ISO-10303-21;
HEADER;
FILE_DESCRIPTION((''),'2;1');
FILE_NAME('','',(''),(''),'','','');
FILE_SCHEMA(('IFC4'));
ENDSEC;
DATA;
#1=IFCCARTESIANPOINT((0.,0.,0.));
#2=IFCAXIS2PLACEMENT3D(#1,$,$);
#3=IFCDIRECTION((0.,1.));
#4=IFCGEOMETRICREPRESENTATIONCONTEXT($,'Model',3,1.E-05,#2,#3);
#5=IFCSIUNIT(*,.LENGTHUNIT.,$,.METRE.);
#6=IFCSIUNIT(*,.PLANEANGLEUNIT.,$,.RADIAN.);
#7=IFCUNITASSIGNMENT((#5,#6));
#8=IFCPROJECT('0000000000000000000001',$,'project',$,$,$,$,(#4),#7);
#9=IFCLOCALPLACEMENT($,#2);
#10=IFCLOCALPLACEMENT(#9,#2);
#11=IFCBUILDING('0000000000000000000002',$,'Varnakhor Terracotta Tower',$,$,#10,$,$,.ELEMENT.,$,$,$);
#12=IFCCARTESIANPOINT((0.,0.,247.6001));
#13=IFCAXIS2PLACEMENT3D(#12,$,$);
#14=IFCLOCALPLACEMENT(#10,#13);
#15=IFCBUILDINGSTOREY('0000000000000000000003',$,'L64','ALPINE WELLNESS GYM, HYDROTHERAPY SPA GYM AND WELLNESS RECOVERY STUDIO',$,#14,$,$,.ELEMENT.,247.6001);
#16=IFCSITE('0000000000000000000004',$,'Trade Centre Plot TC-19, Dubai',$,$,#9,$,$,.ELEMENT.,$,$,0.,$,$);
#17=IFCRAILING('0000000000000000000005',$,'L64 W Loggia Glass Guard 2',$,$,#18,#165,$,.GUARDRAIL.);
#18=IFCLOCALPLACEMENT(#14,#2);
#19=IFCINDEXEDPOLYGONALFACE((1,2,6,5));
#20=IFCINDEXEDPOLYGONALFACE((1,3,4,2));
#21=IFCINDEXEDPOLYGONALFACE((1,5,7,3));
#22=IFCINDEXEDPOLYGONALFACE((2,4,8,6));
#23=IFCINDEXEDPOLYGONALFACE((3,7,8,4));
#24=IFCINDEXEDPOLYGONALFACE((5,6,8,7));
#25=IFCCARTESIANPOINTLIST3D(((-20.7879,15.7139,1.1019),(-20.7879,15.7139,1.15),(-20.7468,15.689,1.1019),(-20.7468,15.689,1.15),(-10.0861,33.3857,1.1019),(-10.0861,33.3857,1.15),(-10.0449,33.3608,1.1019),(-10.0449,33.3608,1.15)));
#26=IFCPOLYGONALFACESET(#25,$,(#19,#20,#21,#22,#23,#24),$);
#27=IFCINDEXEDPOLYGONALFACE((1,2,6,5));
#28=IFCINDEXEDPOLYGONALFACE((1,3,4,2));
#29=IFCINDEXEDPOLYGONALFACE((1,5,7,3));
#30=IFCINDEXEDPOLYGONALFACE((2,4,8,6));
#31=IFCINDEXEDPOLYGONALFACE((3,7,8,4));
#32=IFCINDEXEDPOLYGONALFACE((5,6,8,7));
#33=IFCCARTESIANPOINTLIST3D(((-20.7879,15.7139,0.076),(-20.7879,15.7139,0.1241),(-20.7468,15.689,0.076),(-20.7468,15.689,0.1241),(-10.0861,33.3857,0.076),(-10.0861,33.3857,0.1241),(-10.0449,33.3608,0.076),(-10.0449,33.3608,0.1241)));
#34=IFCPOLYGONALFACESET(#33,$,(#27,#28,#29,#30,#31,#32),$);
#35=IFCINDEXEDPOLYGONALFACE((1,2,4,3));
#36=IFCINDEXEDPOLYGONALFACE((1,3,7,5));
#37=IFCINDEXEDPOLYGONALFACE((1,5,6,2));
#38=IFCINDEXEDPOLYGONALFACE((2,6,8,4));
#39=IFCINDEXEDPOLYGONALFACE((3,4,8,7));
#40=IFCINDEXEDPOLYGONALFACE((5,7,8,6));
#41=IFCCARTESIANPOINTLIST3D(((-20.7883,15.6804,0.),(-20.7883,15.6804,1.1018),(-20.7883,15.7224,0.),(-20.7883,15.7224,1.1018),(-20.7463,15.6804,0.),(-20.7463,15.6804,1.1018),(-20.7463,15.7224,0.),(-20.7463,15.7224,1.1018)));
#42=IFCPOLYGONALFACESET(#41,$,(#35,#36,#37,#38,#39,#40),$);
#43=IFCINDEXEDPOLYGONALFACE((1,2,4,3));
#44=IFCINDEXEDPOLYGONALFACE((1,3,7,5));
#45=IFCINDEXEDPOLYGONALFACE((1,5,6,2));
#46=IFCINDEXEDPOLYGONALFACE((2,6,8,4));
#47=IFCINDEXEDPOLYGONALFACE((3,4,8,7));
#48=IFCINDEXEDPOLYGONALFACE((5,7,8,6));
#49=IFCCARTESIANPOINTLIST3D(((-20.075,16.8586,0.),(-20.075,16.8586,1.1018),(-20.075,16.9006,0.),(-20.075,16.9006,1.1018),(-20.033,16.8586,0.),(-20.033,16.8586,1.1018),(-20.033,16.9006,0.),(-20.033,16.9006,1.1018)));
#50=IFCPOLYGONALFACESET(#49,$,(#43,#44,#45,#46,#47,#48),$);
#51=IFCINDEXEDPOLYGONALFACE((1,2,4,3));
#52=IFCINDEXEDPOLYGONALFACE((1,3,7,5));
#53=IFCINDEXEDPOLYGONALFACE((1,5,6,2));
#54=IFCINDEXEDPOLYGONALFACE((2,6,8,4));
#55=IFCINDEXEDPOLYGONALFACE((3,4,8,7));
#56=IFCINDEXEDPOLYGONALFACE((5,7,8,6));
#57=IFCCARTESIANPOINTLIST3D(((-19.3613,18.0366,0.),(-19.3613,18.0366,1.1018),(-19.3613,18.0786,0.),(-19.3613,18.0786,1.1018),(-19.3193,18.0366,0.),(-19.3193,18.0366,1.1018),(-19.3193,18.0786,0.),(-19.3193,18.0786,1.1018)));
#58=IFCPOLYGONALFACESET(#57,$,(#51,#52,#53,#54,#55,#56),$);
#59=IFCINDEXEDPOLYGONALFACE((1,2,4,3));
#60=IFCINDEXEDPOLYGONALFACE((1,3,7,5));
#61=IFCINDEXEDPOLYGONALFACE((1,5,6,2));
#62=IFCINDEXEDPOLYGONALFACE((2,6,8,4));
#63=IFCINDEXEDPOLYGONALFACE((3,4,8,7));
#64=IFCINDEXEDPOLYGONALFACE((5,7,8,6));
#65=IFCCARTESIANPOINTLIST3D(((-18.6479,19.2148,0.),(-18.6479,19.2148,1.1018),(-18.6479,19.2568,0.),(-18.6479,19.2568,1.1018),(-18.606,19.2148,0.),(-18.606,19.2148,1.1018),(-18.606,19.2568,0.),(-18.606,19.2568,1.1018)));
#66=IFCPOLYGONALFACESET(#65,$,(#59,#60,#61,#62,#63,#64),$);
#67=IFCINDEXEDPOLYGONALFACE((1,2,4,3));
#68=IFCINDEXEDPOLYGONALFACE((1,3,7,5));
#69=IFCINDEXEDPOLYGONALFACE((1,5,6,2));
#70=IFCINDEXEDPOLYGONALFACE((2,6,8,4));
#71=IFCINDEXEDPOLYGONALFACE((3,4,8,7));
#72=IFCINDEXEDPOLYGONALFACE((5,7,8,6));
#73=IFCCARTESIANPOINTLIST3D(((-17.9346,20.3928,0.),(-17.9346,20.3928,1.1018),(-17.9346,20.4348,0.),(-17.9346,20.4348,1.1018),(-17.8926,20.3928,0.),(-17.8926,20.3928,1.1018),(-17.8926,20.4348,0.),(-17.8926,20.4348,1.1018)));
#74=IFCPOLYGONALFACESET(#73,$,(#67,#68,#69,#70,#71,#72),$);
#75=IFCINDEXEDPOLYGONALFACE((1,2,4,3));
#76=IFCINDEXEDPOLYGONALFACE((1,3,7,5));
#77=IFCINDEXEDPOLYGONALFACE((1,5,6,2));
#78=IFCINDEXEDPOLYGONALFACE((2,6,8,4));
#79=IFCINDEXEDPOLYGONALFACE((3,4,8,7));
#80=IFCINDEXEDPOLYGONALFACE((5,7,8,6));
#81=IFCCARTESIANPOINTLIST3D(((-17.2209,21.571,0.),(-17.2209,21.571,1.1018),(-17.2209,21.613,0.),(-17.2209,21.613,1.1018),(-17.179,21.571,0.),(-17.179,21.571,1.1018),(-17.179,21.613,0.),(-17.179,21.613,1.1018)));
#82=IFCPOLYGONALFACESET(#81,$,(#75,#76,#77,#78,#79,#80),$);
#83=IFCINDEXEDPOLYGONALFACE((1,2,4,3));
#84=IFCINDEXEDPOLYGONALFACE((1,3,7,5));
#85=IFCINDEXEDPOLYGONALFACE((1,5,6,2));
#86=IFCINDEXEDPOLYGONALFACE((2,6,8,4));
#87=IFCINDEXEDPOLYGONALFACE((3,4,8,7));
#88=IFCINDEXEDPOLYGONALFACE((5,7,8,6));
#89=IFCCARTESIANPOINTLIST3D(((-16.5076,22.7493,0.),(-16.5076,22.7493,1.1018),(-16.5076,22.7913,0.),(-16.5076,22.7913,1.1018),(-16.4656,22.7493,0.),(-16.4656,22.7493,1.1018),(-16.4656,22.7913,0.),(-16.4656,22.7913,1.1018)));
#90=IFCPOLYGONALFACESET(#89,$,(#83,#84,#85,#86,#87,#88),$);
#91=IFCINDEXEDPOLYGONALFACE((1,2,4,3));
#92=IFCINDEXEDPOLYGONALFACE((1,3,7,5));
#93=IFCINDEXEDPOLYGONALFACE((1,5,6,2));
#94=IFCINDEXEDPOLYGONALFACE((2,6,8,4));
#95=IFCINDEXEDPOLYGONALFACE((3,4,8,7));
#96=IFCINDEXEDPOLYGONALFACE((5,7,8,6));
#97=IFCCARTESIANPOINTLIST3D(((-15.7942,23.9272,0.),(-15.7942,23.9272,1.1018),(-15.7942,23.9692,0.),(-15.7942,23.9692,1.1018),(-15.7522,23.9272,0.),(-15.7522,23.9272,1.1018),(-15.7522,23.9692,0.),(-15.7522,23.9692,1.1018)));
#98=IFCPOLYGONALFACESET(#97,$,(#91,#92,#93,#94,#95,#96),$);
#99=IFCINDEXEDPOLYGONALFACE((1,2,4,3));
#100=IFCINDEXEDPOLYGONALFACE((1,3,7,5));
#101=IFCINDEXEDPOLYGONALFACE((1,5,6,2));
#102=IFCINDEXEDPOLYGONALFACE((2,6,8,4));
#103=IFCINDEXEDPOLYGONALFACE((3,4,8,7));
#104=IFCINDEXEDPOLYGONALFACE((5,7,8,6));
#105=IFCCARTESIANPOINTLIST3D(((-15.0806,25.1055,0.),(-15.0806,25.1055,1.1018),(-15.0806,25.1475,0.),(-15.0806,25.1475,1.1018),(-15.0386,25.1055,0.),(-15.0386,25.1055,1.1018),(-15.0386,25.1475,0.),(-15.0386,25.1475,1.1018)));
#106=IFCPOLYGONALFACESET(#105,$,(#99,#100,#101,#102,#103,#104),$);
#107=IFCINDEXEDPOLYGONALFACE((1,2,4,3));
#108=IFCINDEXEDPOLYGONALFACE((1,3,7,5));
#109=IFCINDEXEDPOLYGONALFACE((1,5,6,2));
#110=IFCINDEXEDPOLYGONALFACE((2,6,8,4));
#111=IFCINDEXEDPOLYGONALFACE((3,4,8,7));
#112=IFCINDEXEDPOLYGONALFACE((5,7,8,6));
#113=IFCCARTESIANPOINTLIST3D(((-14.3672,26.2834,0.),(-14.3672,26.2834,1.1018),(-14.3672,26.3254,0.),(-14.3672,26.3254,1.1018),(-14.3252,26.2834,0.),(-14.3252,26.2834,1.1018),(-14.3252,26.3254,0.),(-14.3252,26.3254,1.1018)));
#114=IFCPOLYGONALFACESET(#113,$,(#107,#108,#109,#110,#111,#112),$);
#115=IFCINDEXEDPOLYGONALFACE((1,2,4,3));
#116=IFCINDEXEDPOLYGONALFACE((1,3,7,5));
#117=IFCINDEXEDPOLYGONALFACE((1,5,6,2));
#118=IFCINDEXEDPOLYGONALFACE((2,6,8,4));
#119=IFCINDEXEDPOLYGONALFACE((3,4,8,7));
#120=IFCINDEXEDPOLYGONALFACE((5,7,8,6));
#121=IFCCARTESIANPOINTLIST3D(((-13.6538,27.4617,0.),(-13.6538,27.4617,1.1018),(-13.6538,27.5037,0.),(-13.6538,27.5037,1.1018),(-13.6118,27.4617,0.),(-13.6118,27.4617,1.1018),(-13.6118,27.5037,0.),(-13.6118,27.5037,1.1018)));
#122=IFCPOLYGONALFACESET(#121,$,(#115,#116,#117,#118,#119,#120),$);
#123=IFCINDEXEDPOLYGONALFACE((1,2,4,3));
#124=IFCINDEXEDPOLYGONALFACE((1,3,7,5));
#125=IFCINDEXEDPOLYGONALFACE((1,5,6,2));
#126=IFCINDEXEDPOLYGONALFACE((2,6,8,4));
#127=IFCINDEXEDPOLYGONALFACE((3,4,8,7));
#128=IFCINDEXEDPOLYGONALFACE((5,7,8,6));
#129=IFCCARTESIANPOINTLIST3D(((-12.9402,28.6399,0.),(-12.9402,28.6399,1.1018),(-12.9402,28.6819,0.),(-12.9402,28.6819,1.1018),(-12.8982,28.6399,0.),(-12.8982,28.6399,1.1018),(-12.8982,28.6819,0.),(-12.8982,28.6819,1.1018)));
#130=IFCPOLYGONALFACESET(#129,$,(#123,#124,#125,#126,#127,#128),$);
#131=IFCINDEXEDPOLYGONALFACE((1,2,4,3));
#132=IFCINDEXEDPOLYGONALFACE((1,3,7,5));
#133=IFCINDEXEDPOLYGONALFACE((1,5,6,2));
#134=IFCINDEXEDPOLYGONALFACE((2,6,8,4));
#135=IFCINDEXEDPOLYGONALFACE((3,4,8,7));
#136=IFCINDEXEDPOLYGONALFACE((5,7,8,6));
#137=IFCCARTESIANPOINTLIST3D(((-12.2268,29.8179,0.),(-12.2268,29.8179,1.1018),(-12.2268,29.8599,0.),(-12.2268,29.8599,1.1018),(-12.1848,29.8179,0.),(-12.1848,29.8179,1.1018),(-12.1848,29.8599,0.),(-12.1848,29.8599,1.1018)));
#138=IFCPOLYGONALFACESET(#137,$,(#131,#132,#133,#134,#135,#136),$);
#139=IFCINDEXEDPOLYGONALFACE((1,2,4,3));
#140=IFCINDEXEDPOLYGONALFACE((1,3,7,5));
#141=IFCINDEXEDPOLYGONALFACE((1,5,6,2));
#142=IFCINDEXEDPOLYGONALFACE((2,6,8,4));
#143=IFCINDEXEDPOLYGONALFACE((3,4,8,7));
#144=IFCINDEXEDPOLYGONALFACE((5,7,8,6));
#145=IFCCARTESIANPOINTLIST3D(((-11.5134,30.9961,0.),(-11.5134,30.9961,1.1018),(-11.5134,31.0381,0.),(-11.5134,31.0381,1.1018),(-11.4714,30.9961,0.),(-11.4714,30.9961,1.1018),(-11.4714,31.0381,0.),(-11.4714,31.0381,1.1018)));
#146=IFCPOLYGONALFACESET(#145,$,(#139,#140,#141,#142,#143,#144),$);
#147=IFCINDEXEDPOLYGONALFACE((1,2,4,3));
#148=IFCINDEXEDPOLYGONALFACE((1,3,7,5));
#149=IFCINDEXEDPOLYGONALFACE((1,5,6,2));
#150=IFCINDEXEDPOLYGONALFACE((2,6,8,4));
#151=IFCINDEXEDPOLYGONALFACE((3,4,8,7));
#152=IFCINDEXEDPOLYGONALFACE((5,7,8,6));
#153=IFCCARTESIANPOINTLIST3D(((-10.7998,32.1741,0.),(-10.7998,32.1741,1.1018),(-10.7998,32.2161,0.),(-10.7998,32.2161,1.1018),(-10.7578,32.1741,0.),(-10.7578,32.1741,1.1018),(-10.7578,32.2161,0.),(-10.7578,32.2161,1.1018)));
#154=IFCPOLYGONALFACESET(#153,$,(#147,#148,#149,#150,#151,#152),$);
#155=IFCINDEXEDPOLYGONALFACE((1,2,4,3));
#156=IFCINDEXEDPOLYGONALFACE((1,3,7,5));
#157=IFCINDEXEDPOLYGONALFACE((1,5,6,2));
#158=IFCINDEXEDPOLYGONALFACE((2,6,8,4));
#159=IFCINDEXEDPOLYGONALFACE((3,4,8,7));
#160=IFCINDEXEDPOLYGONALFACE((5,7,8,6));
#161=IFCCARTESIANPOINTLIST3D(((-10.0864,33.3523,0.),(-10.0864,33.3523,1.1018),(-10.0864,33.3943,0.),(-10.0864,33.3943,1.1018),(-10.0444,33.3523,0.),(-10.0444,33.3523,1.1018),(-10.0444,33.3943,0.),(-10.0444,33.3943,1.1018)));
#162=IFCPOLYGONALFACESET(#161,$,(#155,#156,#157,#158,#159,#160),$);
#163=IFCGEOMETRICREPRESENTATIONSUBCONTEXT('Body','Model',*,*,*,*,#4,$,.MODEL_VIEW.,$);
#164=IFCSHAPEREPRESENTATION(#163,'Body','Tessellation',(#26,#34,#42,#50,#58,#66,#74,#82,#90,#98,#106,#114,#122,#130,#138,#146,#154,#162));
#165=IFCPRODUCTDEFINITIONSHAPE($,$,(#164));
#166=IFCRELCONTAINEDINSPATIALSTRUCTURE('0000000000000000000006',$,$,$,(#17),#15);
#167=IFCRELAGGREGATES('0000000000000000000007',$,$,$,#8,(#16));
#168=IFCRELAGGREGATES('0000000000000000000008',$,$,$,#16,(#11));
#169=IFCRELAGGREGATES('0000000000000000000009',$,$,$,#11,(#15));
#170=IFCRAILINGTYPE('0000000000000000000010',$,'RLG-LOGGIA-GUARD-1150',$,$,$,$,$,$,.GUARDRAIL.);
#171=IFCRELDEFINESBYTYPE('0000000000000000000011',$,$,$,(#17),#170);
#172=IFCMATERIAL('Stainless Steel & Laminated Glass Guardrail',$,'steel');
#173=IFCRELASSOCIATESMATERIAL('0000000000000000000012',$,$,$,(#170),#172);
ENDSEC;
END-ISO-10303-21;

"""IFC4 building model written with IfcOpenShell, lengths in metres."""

from ifc_helpers import new_model, si_unit, direction, frame, origin, origin_2d, place, context, subcontext, project, spatial, rectangle, extrude, material, type_object, element, save


model = new_model("IFC4")

# Units and contexts
model_context = context("Model", 3, precision=1e-05, world=origin(), true_north=direction((0.0, 1.0)))
body_context = subcontext(model_context, "Body", "Model", "MODEL_VIEW")
ifc_project = project(units=[si_unit("LENGTHUNIT", "METRE"), si_unit("PLANEANGLEUNIT", "RADIAN")], contexts=[model_context])

# Site, building, storey
site_placement = place(None, origin())
site = spatial("IfcSite", under=ifc_project, at=site_placement, Name="Trade Centre Plot TC-19, Dubai", CompositionType="ELEMENT", RefElevation=0.0)
building_placement = place(site_placement, origin())
building = spatial("IfcBuilding", under=site, at=building_placement, Name="Varnakhor Terracotta Tower", CompositionType="ELEMENT")
storey_placement = place(building_placement, frame((0.0, 0.0, 247.6001)))
storey = spatial("IfcBuildingStorey", under=building, at=storey_placement, Name="L64", Description="ALPINE WELLNESS GYM, HYDROTHERAPY SPA GYM AND WELLNESS RECOVERY STUDIO", CompositionType="ELEMENT", Elevation=247.6001)

# Railing
ifc_material_1 = material(Name="Stainless Steel & Laminated Glass Guardrail", Category="steel")
railing_type = type_object("IfcRailingType", Name="RLG-LOGGIA-GUARD-1150", PredefinedType="GUARDRAIL", material=ifc_material_1)
railing_1_placement = place(storey_placement, frame((-20.7673, 15.7014, 0.0)))
element("IfcRailing", 1, at=railing_1_placement, inside=storey, type_object=railing_type, Name="L64 W Loggia Glass Guard 2", PredefinedType="GUARDRAIL", context=body_context, shape_type="SweptSolid", body=[
    extrude(rectangle(XDim=0.0481, YDim=0.0481, at=origin_2d()), frame((0.0, 0.0, 1.126), z_axis=(0.518007, 0.855376, 0.0), x_axis=(-0.855376, 0.518007, 0.0)), (0.0, 0.0, 1.0), 20.6597),
    extrude(rectangle(XDim=0.0481, YDim=0.0481, at=origin_2d()), frame((0.0, 0.0, 0.1001), z_axis=(0.518007, 0.855376, 0.0), x_axis=(-0.855376, 0.518007, 0.0)), (0.0, 0.0, 1.0), 20.6597),
    extrude(rectangle(XDim=0.042, YDim=0.042, at=origin_2d()), origin(), (0.0, 0.0, 1.0), 1.1018),
    extrude(rectangle(XDim=0.042, YDim=0.042, at=origin_2d()), frame((0.7134, 1.1782, 0.0)), (0.0, 0.0, 1.0), 1.1018),
    extrude(rectangle(XDim=0.042, YDim=0.042, at=origin_2d()), frame((1.427, 2.3562, 0.0)), (0.0, 0.0, 1.0), 1.1018),
    extrude(rectangle(XDim=0.042, YDim=0.042, at=origin_2d()), frame((2.1404, 3.5344, 0.0)), (0.0, 0.0, 1.0), 1.1018),
    extrude(rectangle(XDim=0.042, YDim=0.042, at=origin_2d()), frame((2.8538, 4.7124, 0.0)), (0.0, 0.0, 1.0), 1.1018),
    extrude(rectangle(XDim=0.042, YDim=0.042, at=origin_2d()), frame((3.5674, 5.8906, 0.0)), (0.0, 0.0, 1.0), 1.1018),
    extrude(rectangle(XDim=0.042, YDim=0.042, at=origin_2d()), frame((4.2808, 7.0688, 0.0)), (0.0, 0.0, 1.0), 1.1018),
    extrude(rectangle(XDim=0.042, YDim=0.042, at=origin_2d()), frame((4.9941, 8.2468, 0.0)), (0.0, 0.0, 1.0), 1.1018),
    extrude(rectangle(XDim=0.042, YDim=0.042, at=origin_2d()), frame((5.7078, 9.425, 0.0)), (0.0, 0.0, 1.0), 1.1018),
    extrude(rectangle(XDim=0.042, YDim=0.042, at=origin_2d()), frame((6.4211, 10.603, 0.0)), (0.0, 0.0, 1.0), 1.1018),
    extrude(rectangle(XDim=0.042, YDim=0.042, at=origin_2d()), frame((7.1345, 11.7812, 0.0)), (0.0, 0.0, 1.0), 1.1018),
    extrude(rectangle(XDim=0.042, YDim=0.042, at=origin_2d()), frame((7.8481, 12.9595, 0.0)), (0.0, 0.0, 1.0), 1.1018),
    extrude(rectangle(XDim=0.042, YDim=0.042, at=origin_2d()), frame((8.5615, 14.1375, 0.0)), (0.0, 0.0, 1.0), 1.1018),
    extrude(rectangle(XDim=0.042, YDim=0.042, at=origin_2d()), frame((9.2749, 15.3157, 0.0)), (0.0, 0.0, 1.0), 1.1018),
    extrude(rectangle(XDim=0.042, YDim=0.042, at=origin_2d()), frame((9.9885, 16.4937, 0.0)), (0.0, 0.0, 1.0), 1.1018),
    extrude(rectangle(XDim=0.042, YDim=0.042, at=origin_2d()), frame((10.7019, 17.6719, 0.0)), (0.0, 0.0, 1.0), 1.1018),
])

save(model, "model.ifc")
